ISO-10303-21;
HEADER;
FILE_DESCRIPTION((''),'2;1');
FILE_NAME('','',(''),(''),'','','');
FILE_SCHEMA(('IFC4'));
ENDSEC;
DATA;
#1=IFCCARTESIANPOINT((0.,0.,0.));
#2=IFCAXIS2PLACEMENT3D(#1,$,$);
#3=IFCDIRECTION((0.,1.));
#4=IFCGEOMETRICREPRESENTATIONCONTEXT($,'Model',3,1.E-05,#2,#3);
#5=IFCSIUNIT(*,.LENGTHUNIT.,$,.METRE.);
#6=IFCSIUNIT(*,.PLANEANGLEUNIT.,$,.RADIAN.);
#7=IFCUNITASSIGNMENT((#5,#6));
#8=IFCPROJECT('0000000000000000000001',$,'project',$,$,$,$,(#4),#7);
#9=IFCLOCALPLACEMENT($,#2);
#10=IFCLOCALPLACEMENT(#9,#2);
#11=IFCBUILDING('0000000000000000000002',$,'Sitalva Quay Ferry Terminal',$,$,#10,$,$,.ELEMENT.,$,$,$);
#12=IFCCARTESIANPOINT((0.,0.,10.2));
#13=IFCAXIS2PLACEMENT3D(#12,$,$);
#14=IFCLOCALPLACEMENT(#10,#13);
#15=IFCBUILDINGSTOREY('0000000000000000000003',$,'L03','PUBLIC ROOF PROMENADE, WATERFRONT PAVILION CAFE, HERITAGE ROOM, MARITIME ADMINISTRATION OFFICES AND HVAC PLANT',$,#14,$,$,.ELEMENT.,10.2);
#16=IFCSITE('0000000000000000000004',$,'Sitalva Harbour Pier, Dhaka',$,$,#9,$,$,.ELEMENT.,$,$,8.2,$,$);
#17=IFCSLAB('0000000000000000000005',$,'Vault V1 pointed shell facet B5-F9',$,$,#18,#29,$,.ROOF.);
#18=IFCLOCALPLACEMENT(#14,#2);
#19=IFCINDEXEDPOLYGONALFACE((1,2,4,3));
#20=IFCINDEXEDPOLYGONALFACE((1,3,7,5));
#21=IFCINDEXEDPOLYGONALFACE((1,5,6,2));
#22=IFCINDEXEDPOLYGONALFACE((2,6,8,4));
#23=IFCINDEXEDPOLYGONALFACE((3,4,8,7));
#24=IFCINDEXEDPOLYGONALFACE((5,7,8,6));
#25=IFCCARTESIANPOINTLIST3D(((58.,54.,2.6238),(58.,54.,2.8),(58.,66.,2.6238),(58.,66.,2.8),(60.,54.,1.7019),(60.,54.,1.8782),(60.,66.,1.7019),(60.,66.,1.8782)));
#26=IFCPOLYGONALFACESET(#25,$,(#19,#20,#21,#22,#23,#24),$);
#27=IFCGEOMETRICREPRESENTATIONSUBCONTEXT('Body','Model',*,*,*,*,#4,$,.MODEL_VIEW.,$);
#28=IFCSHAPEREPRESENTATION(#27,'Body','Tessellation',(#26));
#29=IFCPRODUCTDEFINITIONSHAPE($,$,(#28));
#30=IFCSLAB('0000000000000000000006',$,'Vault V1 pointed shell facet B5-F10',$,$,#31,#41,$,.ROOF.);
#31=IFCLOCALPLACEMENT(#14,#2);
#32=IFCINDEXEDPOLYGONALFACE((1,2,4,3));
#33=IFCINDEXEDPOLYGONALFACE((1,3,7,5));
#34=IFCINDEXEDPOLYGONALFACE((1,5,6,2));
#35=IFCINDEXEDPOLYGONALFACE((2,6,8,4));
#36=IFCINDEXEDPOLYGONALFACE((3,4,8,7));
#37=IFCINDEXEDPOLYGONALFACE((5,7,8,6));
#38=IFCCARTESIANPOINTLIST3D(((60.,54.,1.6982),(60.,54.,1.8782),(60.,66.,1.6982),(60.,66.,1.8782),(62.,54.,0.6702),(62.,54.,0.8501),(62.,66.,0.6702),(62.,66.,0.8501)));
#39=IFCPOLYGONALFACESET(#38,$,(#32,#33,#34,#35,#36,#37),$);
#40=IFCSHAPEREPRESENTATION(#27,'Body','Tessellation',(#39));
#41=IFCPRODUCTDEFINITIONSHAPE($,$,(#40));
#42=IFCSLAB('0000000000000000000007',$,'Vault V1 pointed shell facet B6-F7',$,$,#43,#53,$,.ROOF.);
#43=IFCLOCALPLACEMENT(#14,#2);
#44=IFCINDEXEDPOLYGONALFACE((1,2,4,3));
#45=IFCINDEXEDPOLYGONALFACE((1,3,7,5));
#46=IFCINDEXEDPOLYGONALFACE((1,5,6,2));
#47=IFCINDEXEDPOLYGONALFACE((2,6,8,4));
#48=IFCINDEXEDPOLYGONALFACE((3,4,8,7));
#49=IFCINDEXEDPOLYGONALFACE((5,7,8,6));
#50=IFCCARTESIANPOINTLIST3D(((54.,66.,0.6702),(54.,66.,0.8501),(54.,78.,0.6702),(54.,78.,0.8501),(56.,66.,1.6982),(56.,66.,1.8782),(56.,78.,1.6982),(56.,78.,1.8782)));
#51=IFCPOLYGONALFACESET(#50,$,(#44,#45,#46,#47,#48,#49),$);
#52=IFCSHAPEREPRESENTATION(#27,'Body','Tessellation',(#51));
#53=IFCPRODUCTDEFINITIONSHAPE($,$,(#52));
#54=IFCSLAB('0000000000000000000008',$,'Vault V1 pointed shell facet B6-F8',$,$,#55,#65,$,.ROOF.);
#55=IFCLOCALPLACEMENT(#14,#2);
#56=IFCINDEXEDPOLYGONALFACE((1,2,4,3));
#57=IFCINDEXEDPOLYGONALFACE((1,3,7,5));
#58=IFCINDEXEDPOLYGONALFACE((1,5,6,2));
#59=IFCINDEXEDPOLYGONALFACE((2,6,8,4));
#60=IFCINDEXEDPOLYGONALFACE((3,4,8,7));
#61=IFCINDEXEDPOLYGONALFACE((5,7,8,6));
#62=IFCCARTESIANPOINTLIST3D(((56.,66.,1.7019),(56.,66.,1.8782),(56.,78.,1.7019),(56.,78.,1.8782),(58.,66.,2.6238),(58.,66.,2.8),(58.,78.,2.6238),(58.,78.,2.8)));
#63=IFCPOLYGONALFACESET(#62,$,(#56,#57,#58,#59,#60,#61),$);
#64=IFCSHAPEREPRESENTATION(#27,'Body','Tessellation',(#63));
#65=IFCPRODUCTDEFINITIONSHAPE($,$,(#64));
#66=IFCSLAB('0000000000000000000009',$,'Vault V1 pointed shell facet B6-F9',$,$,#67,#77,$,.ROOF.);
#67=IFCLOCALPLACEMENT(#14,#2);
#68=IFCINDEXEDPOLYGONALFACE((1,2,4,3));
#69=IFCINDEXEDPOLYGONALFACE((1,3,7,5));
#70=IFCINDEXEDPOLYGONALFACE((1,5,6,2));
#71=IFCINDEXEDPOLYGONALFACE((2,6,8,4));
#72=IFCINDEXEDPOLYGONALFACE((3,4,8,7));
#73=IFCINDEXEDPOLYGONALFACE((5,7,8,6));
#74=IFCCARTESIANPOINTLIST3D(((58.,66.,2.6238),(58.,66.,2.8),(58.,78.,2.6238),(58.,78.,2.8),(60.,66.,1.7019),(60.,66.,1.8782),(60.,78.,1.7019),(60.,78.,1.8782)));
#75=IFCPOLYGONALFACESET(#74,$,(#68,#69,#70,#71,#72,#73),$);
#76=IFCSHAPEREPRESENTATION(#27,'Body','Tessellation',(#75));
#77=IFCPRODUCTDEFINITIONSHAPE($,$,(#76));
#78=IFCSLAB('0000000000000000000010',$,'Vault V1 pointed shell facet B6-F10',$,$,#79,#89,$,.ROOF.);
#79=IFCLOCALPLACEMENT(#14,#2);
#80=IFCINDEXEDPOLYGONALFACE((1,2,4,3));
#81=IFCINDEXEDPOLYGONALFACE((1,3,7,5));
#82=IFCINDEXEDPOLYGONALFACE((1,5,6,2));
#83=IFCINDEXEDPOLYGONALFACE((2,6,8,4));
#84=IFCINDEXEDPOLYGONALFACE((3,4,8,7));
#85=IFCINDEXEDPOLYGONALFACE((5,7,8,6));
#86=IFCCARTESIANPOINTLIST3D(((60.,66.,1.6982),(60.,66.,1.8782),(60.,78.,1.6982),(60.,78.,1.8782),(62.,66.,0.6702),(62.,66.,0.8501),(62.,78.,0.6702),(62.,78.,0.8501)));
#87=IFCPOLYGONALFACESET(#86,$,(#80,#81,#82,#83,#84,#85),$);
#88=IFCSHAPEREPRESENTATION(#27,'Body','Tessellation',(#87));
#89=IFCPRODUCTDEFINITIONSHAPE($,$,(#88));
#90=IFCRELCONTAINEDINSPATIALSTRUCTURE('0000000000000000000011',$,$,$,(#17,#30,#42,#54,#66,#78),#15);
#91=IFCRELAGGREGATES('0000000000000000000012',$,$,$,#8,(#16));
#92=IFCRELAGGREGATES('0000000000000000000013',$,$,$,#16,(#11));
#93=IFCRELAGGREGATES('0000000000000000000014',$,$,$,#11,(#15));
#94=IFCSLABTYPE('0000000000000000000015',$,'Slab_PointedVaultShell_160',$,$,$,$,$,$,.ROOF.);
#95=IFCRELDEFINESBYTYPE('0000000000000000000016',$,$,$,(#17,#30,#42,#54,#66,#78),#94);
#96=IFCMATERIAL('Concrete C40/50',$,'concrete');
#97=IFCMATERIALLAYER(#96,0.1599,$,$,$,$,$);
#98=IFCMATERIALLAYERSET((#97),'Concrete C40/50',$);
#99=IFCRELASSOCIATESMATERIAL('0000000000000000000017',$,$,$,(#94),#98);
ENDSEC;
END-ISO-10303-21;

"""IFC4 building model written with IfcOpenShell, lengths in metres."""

from ifc_helpers import new_model, si_unit, direction, frame, origin, place, context, subcontext, project, spatial, polyline, outline, extrude, material, layer, layer_set, type_object, element, save


model = new_model("IFC4")

# Units and contexts
model_context = context("Model", 3, precision=1e-05, world=origin(), true_north=direction((0.0, 1.0)))
body_context = subcontext(model_context, "Body", "Model", "MODEL_VIEW")
ifc_project = project(units=[si_unit("LENGTHUNIT", "METRE"), si_unit("PLANEANGLEUNIT", "RADIAN")], contexts=[model_context])

# Site, building, storey
site_placement = place(None, origin())
site = spatial("IfcSite", under=ifc_project, at=site_placement, Name="Sitalva Harbour Pier, Dhaka", CompositionType="ELEMENT", RefElevation=8.2)
building_placement = place(site_placement, origin())
building = spatial("IfcBuilding", under=site, at=building_placement, Name="Sitalva Quay Ferry Terminal", CompositionType="ELEMENT")
storey_placement = place(building_placement, frame((0.0, 0.0, 10.2)))
storey = spatial("IfcBuildingStorey", under=building, at=storey_placement, Name="L03", Description="PUBLIC ROOF PROMENADE, WATERFRONT PAVILION CAFE, HERITAGE ROOM, MARITIME ADMINISTRATION OFFICES AND HVAC PLANT", CompositionType="ELEMENT", Elevation=10.2)

# Slabs
ifc_material_1 = material(Name="Concrete C40/50", Category="concrete")
ifc_layer = layer(ifc_material_1, 0.1599)
ifc_layer_set = layer_set([ifc_layer], Name="Concrete C40/50")
slab_type = type_object("IfcSlabType", Name="Slab_PointedVaultShell_160", PredefinedType="ROOF", material=ifc_layer_set)
slab_1_placement = place(storey_placement, frame((58.0, 54.0, 2.8), z_axis=(0.418608, 0.0, 0.908167), x_axis=(0.908167, 0.0, -0.418608)))
element("IfcSlab", 1, at=slab_1_placement, inside=storey, type_object=slab_type, Name="Vault V1 pointed shell facet B5-F9", PredefinedType="ROOF", context=body_context, shape_type="SweptSolid", body=[
    extrude(outline(polyline([(0.0, 0.0), (2.2022, 0.0), (2.2022, 12.0), (0.0, 12.0), (0.0, 0.0)])), origin(), (0.418608, 0.0, -0.908167), 0.1763),
])
slab_2_placement = place(storey_placement, frame((60.0, 54.0, 1.8782), z_axis=(0.457174, 0.0, 0.889377), x_axis=(0.889377, 0.0, -0.457174)))
element("IfcSlab", 2, at=slab_2_placement, inside=storey, type_object=slab_type, Name="Vault V1 pointed shell facet B5-F10", PredefinedType="ROOF", context=body_context, shape_type="SweptSolid", body=[
    extrude(outline(polyline([(0.0, 0.0), (2.2488, 0.0), (2.2488, 12.0), (0.0, 12.0), (0.0, 0.0)])), origin(), (0.457174, 0.0, -0.889377), 0.1799),
])
slab_3_placement = place(storey_placement, frame((54.0, 66.0, 0.8501), z_axis=(-0.457174, 0.0, 0.889377), x_axis=(0.889377, 0.0, 0.457174)))
element("IfcSlab", 3, at=slab_3_placement, inside=storey, type_object=slab_type, Name="Vault V1 pointed shell facet B6-F7", PredefinedType="ROOF", context=body_context, shape_type="SweptSolid", body=[
    extrude(outline(polyline([(0.0, 0.0), (2.2488, 0.0), (2.2488, 12.0), (0.0, 12.0), (0.0, 0.0)])), origin(), (-0.457174, 0.0, -0.889377), 0.1799),
])
slab_4_placement = place(storey_placement, frame((56.0, 66.0, 1.8782), z_axis=(-0.418608, 0.0, 0.908167), x_axis=(0.908167, 0.0, 0.418608)))
element("IfcSlab", 4, at=slab_4_placement, inside=storey, type_object=slab_type, Name="Vault V1 pointed shell facet B6-F8", PredefinedType="ROOF", context=body_context, shape_type="SweptSolid", body=[
    extrude(outline(polyline([(0.0, 0.0), (2.2022, 0.0), (2.2022, 12.0), (0.0, 12.0), (0.0, 0.0)])), origin(), (-0.418608, 0.0, -0.908167), 0.1763),
])
slab_5_placement = place(storey_placement, frame((58.0, 66.0, 2.8), z_axis=(0.418608, 0.0, 0.908167), x_axis=(0.908167, 0.0, -0.418608)))
element("IfcSlab", 5, at=slab_5_placement, inside=storey, type_object=slab_type, Name="Vault V1 pointed shell facet B6-F9", PredefinedType="ROOF", context=body_context, shape_type="SweptSolid", body=[
    extrude(outline(polyline([(0.0, 0.0), (2.2022, 0.0), (2.2022, 12.0), (0.0, 12.0), (0.0, 0.0)])), origin(), (0.418608, 0.0, -0.908167), 0.1763),
])
slab_6_placement = place(storey_placement, frame((60.0, 66.0, 1.8782), z_axis=(0.457174, 0.0, 0.889377), x_axis=(0.889377, 0.0, -0.457174)))
element("IfcSlab", 6, at=slab_6_placement, inside=storey, type_object=slab_type, Name="Vault V1 pointed shell facet B6-F10", PredefinedType="ROOF", context=body_context, shape_type="SweptSolid", body=[
    extrude(outline(polyline([(0.0, 0.0), (2.2488, 0.0), (2.2488, 12.0), (0.0, 12.0), (0.0, 0.0)])), origin(), (0.457174, 0.0, -0.889377), 0.1799),
])

save(model, "model.ifc")
